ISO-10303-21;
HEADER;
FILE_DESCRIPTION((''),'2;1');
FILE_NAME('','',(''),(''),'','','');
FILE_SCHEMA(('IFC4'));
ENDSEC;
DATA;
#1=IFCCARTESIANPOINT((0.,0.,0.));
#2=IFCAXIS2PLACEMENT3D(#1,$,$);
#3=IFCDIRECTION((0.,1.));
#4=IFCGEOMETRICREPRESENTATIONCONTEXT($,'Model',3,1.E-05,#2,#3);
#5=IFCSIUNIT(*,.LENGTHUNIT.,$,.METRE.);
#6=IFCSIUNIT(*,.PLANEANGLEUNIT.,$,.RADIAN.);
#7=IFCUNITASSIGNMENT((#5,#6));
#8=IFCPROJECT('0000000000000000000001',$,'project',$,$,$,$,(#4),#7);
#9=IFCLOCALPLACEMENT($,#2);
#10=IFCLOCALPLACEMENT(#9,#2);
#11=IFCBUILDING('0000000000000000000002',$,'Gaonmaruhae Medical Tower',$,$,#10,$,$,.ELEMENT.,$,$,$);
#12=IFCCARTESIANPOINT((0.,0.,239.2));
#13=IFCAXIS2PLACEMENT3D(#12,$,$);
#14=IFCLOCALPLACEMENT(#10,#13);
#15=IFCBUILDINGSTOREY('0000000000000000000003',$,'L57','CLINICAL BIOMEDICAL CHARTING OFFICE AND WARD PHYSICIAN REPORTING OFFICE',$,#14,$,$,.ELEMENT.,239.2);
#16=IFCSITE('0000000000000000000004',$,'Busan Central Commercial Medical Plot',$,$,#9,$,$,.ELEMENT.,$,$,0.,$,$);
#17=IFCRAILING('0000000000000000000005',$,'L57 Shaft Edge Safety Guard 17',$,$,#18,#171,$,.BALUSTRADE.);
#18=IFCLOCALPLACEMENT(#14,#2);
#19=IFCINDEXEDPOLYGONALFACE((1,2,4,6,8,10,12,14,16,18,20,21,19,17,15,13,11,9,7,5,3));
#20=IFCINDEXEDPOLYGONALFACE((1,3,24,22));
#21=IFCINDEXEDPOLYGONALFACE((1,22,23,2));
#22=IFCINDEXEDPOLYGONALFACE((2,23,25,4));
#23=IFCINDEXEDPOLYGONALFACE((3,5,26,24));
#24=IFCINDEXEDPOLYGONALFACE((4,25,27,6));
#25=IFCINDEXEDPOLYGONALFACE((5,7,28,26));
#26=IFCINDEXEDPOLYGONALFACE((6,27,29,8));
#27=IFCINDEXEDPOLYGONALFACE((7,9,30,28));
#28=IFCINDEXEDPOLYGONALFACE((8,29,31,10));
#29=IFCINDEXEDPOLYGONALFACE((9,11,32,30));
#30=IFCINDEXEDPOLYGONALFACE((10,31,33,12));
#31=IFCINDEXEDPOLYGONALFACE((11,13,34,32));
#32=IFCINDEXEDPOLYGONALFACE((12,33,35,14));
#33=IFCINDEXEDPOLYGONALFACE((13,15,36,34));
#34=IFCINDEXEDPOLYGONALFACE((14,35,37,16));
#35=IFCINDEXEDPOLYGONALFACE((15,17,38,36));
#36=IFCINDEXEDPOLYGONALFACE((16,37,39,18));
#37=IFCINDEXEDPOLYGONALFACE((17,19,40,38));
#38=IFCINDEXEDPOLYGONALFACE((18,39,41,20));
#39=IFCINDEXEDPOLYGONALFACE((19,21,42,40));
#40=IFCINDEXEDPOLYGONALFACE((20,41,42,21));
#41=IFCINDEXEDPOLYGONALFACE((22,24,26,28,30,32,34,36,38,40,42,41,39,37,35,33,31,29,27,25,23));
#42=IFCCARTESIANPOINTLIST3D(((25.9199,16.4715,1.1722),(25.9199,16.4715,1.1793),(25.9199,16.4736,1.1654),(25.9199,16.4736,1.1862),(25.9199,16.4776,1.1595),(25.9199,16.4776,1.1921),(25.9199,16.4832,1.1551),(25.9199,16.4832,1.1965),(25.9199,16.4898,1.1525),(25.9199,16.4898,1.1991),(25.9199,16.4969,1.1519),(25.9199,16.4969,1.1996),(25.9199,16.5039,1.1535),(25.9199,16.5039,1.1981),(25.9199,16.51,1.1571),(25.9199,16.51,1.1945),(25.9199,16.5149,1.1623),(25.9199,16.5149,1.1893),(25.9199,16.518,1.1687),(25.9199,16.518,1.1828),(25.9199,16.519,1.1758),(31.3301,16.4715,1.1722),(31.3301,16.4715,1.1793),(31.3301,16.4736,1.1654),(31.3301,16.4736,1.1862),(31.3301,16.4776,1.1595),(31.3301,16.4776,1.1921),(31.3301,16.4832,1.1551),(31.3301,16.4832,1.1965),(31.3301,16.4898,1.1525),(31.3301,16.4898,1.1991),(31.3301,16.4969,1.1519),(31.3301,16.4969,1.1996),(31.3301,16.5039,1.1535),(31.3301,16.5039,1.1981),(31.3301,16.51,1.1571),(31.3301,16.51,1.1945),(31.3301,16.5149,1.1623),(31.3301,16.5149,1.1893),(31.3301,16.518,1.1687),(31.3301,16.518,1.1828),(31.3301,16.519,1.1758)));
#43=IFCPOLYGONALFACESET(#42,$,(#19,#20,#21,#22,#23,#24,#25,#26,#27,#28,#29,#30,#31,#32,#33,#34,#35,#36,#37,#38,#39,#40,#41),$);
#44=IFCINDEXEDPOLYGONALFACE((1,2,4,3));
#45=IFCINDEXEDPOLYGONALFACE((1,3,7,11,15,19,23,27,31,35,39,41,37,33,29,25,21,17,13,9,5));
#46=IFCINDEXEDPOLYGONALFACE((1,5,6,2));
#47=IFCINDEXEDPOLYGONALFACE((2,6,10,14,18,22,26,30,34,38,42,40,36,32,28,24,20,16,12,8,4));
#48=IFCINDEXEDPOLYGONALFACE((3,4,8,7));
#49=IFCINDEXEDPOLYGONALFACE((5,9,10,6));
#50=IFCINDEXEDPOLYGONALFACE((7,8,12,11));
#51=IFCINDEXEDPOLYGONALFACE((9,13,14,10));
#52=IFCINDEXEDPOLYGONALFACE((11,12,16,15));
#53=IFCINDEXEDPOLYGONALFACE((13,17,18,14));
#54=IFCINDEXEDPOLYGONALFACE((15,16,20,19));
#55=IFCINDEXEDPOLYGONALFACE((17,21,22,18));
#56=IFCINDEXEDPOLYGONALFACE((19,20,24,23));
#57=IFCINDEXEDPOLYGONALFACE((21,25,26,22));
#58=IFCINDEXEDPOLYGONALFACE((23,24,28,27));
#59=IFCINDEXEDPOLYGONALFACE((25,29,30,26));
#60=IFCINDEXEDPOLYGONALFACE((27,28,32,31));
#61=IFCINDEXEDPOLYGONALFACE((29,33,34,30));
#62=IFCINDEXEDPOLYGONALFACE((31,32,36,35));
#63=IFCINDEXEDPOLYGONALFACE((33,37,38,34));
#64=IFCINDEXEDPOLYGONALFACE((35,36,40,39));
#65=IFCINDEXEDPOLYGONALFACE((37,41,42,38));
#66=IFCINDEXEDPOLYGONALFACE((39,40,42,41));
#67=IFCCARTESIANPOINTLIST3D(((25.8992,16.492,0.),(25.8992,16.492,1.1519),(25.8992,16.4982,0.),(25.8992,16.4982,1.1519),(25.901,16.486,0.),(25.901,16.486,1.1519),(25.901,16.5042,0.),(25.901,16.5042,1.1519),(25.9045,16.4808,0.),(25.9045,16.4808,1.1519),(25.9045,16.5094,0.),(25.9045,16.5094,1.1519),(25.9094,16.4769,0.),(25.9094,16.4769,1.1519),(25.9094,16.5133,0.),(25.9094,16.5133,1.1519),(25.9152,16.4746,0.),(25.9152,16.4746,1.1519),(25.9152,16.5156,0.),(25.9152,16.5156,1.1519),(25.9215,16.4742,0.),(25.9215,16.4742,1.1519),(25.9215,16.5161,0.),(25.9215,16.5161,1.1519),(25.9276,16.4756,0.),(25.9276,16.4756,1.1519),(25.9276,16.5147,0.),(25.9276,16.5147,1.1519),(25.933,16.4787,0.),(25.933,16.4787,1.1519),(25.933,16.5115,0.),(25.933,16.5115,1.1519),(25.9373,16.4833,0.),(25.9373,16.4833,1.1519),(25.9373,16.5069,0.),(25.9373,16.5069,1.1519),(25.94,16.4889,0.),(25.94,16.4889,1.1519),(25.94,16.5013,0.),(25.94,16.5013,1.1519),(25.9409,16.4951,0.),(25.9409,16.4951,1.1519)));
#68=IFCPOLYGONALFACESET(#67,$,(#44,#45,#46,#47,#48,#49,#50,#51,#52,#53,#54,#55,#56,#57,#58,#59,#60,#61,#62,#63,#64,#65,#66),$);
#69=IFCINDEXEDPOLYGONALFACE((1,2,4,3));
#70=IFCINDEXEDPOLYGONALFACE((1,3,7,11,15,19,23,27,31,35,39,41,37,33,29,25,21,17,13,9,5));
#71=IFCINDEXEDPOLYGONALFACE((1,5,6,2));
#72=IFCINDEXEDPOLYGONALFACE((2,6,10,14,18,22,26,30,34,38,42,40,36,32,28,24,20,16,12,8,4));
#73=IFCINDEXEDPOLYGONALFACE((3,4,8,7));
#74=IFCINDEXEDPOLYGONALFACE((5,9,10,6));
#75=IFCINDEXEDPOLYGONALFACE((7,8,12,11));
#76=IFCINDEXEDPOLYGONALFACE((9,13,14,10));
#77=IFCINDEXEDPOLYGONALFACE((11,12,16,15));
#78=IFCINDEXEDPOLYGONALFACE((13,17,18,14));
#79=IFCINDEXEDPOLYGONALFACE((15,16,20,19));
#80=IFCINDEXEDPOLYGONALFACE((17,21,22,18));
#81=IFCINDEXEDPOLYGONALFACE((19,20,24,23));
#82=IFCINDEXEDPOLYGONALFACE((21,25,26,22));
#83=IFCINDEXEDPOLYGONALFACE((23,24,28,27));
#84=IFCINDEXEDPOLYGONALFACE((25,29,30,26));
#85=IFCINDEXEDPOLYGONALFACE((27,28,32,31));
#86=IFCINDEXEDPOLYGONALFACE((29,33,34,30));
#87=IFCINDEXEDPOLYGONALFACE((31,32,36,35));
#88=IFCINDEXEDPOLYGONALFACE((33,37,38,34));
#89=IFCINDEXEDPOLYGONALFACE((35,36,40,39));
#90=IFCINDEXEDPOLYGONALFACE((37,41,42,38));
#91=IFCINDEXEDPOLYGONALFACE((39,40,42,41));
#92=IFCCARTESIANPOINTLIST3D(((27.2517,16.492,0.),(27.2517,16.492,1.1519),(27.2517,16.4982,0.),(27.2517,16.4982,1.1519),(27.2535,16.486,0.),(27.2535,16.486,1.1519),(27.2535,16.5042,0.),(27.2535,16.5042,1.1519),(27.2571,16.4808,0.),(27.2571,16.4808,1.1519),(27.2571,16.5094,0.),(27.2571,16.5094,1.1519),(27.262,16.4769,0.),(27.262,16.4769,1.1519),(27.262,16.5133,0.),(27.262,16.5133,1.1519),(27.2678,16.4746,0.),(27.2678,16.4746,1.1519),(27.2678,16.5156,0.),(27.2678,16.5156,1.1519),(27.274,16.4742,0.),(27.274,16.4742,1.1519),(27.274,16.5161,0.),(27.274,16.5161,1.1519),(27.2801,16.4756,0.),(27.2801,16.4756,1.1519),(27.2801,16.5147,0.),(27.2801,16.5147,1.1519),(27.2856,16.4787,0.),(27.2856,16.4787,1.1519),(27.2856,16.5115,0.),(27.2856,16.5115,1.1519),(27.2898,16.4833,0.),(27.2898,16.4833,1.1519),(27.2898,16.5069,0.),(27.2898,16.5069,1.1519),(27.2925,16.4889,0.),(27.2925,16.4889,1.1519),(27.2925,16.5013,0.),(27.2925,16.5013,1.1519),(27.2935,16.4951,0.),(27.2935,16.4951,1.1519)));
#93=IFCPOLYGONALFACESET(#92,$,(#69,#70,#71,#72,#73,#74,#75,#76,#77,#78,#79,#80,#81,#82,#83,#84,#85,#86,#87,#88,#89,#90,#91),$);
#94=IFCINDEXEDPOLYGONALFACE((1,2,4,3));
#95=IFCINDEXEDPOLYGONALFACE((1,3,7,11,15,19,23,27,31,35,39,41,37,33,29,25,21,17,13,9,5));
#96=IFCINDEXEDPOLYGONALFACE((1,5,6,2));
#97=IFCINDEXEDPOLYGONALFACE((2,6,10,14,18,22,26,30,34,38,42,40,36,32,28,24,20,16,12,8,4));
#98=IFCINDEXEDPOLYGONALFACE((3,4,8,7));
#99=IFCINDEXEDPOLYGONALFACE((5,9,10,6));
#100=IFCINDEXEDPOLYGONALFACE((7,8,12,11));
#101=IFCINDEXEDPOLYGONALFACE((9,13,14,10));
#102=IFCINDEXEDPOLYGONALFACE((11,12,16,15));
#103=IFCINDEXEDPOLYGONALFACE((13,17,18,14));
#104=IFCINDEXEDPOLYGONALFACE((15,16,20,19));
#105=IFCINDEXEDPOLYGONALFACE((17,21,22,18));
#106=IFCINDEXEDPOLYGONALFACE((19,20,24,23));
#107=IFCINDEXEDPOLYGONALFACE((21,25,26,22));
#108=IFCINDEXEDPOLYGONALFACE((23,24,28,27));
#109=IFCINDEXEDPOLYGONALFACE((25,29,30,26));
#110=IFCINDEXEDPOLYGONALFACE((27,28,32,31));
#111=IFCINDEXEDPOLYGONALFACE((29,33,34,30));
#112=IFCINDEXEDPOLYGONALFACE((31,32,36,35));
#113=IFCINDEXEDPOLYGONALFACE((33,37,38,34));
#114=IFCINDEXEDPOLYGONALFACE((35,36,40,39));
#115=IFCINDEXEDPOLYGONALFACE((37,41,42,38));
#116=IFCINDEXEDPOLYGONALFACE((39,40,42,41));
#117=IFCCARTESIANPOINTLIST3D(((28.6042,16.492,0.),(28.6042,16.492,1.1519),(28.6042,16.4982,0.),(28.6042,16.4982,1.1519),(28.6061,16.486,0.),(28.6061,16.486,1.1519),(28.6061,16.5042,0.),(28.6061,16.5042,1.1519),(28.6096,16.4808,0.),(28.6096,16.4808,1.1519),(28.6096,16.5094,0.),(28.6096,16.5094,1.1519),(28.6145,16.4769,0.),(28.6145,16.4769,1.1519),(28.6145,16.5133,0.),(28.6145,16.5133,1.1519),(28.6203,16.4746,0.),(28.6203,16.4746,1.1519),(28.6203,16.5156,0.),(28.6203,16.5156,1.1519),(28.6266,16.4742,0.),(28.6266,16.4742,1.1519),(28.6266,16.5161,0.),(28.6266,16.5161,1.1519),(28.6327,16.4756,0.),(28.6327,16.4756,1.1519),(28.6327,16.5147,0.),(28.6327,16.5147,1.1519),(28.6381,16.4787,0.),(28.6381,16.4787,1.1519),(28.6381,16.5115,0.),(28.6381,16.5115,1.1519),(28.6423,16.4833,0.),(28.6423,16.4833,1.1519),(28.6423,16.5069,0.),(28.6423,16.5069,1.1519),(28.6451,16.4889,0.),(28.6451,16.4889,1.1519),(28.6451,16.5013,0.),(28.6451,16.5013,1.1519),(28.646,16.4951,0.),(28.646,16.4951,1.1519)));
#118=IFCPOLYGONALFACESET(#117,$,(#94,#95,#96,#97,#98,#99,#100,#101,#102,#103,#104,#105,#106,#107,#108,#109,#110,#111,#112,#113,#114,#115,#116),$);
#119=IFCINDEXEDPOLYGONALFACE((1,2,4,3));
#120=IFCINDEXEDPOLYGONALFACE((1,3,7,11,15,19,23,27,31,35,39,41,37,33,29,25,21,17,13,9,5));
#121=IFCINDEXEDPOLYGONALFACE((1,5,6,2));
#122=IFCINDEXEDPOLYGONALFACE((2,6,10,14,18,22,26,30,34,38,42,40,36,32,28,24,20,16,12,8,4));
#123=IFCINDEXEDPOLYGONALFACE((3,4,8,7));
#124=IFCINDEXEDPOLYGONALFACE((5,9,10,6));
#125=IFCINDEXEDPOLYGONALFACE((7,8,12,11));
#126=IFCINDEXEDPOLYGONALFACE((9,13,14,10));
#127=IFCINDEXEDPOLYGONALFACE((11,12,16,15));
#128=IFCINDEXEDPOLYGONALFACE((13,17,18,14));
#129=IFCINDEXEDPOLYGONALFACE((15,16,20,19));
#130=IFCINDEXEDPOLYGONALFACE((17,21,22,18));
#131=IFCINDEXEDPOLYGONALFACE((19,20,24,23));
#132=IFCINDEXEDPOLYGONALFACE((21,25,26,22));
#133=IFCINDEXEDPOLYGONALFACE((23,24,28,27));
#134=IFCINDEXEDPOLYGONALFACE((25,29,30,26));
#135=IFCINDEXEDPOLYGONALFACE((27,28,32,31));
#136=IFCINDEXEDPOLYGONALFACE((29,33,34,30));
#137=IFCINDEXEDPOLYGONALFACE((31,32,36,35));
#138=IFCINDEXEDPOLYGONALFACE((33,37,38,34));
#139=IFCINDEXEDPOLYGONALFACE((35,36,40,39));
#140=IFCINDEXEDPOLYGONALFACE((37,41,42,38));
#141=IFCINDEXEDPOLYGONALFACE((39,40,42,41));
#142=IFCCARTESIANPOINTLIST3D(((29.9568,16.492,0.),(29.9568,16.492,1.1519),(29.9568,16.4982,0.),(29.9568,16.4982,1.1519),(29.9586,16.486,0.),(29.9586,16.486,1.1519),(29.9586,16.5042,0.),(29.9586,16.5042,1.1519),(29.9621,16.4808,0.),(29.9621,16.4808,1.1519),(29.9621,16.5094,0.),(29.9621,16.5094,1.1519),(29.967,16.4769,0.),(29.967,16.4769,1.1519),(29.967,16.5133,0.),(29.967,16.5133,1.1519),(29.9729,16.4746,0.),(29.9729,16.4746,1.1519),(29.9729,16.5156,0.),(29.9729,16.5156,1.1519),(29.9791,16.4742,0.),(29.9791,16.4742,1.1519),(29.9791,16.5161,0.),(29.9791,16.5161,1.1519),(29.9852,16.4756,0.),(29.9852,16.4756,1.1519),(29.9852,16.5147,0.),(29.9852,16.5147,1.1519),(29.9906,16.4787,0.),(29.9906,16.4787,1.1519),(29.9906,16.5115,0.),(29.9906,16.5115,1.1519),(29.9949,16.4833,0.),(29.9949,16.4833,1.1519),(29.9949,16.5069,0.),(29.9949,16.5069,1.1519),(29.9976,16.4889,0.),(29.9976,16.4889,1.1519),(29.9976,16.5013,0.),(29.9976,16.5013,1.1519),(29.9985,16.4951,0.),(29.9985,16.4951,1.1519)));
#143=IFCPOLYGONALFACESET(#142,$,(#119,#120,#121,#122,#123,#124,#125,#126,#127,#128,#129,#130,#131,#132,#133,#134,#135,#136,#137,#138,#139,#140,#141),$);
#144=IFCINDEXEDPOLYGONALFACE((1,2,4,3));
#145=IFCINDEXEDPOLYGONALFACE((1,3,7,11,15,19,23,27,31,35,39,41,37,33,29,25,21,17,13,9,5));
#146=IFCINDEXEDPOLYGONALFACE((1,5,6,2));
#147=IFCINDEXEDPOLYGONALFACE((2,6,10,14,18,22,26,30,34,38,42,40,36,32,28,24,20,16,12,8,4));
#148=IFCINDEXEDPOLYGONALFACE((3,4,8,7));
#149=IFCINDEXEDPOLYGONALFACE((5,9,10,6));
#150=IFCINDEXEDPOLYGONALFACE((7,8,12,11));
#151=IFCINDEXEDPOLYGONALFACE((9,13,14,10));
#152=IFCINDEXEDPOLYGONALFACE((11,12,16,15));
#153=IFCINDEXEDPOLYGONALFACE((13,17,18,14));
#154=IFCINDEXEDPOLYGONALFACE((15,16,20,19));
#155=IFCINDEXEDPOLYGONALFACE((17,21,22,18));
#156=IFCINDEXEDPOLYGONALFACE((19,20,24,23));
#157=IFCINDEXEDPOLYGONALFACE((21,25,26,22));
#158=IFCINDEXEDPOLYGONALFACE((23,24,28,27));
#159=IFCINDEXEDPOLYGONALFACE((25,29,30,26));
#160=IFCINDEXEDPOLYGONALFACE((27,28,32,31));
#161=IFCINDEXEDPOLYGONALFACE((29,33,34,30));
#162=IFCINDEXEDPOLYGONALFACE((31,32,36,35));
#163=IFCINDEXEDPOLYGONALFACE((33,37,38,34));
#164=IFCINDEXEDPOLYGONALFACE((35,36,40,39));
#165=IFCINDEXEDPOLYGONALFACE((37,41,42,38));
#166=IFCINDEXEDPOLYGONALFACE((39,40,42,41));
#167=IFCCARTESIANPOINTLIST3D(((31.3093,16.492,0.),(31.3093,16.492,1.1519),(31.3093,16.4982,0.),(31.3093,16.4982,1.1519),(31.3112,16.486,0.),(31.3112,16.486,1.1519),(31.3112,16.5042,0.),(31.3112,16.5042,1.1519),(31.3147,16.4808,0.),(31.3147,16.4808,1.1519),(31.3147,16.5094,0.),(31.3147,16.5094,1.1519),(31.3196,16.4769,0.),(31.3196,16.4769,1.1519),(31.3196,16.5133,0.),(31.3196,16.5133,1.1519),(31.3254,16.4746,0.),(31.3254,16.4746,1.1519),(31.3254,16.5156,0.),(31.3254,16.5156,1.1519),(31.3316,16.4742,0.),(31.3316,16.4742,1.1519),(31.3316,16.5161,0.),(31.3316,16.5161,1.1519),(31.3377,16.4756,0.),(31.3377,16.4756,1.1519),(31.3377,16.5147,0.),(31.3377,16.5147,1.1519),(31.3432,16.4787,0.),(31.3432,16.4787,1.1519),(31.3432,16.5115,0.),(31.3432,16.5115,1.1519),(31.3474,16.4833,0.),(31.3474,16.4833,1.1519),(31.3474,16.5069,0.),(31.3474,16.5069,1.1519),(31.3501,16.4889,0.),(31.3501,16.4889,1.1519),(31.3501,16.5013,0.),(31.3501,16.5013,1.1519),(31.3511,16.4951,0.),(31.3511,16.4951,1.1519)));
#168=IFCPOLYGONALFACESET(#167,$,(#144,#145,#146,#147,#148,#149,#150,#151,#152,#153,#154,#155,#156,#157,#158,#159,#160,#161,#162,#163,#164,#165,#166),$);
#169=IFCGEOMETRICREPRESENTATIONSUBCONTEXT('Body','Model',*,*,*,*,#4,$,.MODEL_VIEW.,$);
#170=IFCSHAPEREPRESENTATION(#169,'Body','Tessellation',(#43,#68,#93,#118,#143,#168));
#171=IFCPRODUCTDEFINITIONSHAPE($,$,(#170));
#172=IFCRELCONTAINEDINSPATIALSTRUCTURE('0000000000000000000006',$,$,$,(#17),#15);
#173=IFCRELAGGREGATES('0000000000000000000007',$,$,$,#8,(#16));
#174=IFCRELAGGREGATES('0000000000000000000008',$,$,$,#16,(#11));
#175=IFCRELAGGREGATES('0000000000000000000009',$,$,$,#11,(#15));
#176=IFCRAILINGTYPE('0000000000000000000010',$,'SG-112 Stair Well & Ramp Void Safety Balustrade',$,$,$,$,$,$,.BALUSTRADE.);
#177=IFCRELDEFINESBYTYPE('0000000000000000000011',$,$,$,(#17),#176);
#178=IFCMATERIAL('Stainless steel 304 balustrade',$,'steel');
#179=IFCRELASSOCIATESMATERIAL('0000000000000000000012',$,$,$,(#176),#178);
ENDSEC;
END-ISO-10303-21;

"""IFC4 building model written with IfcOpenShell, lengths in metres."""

from ifc_helpers import new_model, si_unit, direction, frame, origin, origin_2d, place, context, subcontext, project, spatial, circle, extrude, material, type_object, element, save


model = new_model("IFC4")

# Units and contexts
model_context = context("Model", 3, precision=1e-05, world=origin(), true_north=direction((0.0, 1.0)))
body_context = subcontext(model_context, "Body", "Model", "MODEL_VIEW")
ifc_project = project(units=[si_unit("LENGTHUNIT", "METRE"), si_unit("PLANEANGLEUNIT", "RADIAN")], contexts=[model_context])

# Site, building, storey
site_placement = place(None, origin())
site = spatial("IfcSite", under=ifc_project, at=site_placement, Name="Busan Central Commercial Medical Plot", CompositionType="ELEMENT", RefElevation=0.0)
building_placement = place(site_placement, origin())
building = spatial("IfcBuilding", under=site, at=building_placement, Name="Gaonmaruhae Medical Tower", CompositionType="ELEMENT")
storey_placement = place(building_placement, frame((0.0, 0.0, 239.2)))
storey = spatial("IfcBuildingStorey", under=building, at=storey_placement, Name="L57", Description="CLINICAL BIOMEDICAL CHARTING OFFICE AND WARD PHYSICIAN REPORTING OFFICE", CompositionType="ELEMENT", Elevation=239.2)

# Railing
ifc_material_1 = material(Name="Stainless steel 304 balustrade", Category="steel")
railing_type_1 = type_object("IfcRailingType", Name="SG-112 Stair Well & Ramp Void Safety Balustrade", PredefinedType="BALUSTRADE", material=ifc_material_1)
railing_1_placement = place(storey_placement, frame((25.9199, 16.4951, 0.0)))
element("IfcRailing", 1, at=railing_1_placement, inside=storey, type_object=railing_type_1, Name="L57 Shaft Edge Safety Guard 17", PredefinedType="BALUSTRADE", context=body_context, shape_type="SweptSolid", body=[
    extrude(circle(Radius=0.0239, at=origin_2d()), frame((0.0, 0.0, 1.1758), z_axis=(1.0, 0.0, 0.0), x_axis=(0.0, 1.0, 0.0)), (0.0, 0.0, 1.0), 5.4102),
    extrude(circle(Radius=0.021, at=origin_2d()), origin(), (0.0, 0.0, 1.0), 1.1519),
    extrude(circle(Radius=0.021, at=origin_2d()), frame((1.3525, 0.0, 0.0)), (0.0, 0.0, 1.0), 1.1519),
    extrude(circle(Radius=0.021, at=origin_2d()), frame((2.7051, 0.0, 0.0)), (0.0, 0.0, 1.0), 1.1519),
    extrude(circle(Radius=0.021, at=origin_2d()), frame((4.0576, 0.0, 0.0)), (0.0, 0.0, 1.0), 1.1519),
    extrude(circle(Radius=0.021, at=origin_2d()), frame((5.4102, 0.0, 0.0)), (0.0, 0.0, 1.0), 1.1519),
])

save(model, "model.ifc")
